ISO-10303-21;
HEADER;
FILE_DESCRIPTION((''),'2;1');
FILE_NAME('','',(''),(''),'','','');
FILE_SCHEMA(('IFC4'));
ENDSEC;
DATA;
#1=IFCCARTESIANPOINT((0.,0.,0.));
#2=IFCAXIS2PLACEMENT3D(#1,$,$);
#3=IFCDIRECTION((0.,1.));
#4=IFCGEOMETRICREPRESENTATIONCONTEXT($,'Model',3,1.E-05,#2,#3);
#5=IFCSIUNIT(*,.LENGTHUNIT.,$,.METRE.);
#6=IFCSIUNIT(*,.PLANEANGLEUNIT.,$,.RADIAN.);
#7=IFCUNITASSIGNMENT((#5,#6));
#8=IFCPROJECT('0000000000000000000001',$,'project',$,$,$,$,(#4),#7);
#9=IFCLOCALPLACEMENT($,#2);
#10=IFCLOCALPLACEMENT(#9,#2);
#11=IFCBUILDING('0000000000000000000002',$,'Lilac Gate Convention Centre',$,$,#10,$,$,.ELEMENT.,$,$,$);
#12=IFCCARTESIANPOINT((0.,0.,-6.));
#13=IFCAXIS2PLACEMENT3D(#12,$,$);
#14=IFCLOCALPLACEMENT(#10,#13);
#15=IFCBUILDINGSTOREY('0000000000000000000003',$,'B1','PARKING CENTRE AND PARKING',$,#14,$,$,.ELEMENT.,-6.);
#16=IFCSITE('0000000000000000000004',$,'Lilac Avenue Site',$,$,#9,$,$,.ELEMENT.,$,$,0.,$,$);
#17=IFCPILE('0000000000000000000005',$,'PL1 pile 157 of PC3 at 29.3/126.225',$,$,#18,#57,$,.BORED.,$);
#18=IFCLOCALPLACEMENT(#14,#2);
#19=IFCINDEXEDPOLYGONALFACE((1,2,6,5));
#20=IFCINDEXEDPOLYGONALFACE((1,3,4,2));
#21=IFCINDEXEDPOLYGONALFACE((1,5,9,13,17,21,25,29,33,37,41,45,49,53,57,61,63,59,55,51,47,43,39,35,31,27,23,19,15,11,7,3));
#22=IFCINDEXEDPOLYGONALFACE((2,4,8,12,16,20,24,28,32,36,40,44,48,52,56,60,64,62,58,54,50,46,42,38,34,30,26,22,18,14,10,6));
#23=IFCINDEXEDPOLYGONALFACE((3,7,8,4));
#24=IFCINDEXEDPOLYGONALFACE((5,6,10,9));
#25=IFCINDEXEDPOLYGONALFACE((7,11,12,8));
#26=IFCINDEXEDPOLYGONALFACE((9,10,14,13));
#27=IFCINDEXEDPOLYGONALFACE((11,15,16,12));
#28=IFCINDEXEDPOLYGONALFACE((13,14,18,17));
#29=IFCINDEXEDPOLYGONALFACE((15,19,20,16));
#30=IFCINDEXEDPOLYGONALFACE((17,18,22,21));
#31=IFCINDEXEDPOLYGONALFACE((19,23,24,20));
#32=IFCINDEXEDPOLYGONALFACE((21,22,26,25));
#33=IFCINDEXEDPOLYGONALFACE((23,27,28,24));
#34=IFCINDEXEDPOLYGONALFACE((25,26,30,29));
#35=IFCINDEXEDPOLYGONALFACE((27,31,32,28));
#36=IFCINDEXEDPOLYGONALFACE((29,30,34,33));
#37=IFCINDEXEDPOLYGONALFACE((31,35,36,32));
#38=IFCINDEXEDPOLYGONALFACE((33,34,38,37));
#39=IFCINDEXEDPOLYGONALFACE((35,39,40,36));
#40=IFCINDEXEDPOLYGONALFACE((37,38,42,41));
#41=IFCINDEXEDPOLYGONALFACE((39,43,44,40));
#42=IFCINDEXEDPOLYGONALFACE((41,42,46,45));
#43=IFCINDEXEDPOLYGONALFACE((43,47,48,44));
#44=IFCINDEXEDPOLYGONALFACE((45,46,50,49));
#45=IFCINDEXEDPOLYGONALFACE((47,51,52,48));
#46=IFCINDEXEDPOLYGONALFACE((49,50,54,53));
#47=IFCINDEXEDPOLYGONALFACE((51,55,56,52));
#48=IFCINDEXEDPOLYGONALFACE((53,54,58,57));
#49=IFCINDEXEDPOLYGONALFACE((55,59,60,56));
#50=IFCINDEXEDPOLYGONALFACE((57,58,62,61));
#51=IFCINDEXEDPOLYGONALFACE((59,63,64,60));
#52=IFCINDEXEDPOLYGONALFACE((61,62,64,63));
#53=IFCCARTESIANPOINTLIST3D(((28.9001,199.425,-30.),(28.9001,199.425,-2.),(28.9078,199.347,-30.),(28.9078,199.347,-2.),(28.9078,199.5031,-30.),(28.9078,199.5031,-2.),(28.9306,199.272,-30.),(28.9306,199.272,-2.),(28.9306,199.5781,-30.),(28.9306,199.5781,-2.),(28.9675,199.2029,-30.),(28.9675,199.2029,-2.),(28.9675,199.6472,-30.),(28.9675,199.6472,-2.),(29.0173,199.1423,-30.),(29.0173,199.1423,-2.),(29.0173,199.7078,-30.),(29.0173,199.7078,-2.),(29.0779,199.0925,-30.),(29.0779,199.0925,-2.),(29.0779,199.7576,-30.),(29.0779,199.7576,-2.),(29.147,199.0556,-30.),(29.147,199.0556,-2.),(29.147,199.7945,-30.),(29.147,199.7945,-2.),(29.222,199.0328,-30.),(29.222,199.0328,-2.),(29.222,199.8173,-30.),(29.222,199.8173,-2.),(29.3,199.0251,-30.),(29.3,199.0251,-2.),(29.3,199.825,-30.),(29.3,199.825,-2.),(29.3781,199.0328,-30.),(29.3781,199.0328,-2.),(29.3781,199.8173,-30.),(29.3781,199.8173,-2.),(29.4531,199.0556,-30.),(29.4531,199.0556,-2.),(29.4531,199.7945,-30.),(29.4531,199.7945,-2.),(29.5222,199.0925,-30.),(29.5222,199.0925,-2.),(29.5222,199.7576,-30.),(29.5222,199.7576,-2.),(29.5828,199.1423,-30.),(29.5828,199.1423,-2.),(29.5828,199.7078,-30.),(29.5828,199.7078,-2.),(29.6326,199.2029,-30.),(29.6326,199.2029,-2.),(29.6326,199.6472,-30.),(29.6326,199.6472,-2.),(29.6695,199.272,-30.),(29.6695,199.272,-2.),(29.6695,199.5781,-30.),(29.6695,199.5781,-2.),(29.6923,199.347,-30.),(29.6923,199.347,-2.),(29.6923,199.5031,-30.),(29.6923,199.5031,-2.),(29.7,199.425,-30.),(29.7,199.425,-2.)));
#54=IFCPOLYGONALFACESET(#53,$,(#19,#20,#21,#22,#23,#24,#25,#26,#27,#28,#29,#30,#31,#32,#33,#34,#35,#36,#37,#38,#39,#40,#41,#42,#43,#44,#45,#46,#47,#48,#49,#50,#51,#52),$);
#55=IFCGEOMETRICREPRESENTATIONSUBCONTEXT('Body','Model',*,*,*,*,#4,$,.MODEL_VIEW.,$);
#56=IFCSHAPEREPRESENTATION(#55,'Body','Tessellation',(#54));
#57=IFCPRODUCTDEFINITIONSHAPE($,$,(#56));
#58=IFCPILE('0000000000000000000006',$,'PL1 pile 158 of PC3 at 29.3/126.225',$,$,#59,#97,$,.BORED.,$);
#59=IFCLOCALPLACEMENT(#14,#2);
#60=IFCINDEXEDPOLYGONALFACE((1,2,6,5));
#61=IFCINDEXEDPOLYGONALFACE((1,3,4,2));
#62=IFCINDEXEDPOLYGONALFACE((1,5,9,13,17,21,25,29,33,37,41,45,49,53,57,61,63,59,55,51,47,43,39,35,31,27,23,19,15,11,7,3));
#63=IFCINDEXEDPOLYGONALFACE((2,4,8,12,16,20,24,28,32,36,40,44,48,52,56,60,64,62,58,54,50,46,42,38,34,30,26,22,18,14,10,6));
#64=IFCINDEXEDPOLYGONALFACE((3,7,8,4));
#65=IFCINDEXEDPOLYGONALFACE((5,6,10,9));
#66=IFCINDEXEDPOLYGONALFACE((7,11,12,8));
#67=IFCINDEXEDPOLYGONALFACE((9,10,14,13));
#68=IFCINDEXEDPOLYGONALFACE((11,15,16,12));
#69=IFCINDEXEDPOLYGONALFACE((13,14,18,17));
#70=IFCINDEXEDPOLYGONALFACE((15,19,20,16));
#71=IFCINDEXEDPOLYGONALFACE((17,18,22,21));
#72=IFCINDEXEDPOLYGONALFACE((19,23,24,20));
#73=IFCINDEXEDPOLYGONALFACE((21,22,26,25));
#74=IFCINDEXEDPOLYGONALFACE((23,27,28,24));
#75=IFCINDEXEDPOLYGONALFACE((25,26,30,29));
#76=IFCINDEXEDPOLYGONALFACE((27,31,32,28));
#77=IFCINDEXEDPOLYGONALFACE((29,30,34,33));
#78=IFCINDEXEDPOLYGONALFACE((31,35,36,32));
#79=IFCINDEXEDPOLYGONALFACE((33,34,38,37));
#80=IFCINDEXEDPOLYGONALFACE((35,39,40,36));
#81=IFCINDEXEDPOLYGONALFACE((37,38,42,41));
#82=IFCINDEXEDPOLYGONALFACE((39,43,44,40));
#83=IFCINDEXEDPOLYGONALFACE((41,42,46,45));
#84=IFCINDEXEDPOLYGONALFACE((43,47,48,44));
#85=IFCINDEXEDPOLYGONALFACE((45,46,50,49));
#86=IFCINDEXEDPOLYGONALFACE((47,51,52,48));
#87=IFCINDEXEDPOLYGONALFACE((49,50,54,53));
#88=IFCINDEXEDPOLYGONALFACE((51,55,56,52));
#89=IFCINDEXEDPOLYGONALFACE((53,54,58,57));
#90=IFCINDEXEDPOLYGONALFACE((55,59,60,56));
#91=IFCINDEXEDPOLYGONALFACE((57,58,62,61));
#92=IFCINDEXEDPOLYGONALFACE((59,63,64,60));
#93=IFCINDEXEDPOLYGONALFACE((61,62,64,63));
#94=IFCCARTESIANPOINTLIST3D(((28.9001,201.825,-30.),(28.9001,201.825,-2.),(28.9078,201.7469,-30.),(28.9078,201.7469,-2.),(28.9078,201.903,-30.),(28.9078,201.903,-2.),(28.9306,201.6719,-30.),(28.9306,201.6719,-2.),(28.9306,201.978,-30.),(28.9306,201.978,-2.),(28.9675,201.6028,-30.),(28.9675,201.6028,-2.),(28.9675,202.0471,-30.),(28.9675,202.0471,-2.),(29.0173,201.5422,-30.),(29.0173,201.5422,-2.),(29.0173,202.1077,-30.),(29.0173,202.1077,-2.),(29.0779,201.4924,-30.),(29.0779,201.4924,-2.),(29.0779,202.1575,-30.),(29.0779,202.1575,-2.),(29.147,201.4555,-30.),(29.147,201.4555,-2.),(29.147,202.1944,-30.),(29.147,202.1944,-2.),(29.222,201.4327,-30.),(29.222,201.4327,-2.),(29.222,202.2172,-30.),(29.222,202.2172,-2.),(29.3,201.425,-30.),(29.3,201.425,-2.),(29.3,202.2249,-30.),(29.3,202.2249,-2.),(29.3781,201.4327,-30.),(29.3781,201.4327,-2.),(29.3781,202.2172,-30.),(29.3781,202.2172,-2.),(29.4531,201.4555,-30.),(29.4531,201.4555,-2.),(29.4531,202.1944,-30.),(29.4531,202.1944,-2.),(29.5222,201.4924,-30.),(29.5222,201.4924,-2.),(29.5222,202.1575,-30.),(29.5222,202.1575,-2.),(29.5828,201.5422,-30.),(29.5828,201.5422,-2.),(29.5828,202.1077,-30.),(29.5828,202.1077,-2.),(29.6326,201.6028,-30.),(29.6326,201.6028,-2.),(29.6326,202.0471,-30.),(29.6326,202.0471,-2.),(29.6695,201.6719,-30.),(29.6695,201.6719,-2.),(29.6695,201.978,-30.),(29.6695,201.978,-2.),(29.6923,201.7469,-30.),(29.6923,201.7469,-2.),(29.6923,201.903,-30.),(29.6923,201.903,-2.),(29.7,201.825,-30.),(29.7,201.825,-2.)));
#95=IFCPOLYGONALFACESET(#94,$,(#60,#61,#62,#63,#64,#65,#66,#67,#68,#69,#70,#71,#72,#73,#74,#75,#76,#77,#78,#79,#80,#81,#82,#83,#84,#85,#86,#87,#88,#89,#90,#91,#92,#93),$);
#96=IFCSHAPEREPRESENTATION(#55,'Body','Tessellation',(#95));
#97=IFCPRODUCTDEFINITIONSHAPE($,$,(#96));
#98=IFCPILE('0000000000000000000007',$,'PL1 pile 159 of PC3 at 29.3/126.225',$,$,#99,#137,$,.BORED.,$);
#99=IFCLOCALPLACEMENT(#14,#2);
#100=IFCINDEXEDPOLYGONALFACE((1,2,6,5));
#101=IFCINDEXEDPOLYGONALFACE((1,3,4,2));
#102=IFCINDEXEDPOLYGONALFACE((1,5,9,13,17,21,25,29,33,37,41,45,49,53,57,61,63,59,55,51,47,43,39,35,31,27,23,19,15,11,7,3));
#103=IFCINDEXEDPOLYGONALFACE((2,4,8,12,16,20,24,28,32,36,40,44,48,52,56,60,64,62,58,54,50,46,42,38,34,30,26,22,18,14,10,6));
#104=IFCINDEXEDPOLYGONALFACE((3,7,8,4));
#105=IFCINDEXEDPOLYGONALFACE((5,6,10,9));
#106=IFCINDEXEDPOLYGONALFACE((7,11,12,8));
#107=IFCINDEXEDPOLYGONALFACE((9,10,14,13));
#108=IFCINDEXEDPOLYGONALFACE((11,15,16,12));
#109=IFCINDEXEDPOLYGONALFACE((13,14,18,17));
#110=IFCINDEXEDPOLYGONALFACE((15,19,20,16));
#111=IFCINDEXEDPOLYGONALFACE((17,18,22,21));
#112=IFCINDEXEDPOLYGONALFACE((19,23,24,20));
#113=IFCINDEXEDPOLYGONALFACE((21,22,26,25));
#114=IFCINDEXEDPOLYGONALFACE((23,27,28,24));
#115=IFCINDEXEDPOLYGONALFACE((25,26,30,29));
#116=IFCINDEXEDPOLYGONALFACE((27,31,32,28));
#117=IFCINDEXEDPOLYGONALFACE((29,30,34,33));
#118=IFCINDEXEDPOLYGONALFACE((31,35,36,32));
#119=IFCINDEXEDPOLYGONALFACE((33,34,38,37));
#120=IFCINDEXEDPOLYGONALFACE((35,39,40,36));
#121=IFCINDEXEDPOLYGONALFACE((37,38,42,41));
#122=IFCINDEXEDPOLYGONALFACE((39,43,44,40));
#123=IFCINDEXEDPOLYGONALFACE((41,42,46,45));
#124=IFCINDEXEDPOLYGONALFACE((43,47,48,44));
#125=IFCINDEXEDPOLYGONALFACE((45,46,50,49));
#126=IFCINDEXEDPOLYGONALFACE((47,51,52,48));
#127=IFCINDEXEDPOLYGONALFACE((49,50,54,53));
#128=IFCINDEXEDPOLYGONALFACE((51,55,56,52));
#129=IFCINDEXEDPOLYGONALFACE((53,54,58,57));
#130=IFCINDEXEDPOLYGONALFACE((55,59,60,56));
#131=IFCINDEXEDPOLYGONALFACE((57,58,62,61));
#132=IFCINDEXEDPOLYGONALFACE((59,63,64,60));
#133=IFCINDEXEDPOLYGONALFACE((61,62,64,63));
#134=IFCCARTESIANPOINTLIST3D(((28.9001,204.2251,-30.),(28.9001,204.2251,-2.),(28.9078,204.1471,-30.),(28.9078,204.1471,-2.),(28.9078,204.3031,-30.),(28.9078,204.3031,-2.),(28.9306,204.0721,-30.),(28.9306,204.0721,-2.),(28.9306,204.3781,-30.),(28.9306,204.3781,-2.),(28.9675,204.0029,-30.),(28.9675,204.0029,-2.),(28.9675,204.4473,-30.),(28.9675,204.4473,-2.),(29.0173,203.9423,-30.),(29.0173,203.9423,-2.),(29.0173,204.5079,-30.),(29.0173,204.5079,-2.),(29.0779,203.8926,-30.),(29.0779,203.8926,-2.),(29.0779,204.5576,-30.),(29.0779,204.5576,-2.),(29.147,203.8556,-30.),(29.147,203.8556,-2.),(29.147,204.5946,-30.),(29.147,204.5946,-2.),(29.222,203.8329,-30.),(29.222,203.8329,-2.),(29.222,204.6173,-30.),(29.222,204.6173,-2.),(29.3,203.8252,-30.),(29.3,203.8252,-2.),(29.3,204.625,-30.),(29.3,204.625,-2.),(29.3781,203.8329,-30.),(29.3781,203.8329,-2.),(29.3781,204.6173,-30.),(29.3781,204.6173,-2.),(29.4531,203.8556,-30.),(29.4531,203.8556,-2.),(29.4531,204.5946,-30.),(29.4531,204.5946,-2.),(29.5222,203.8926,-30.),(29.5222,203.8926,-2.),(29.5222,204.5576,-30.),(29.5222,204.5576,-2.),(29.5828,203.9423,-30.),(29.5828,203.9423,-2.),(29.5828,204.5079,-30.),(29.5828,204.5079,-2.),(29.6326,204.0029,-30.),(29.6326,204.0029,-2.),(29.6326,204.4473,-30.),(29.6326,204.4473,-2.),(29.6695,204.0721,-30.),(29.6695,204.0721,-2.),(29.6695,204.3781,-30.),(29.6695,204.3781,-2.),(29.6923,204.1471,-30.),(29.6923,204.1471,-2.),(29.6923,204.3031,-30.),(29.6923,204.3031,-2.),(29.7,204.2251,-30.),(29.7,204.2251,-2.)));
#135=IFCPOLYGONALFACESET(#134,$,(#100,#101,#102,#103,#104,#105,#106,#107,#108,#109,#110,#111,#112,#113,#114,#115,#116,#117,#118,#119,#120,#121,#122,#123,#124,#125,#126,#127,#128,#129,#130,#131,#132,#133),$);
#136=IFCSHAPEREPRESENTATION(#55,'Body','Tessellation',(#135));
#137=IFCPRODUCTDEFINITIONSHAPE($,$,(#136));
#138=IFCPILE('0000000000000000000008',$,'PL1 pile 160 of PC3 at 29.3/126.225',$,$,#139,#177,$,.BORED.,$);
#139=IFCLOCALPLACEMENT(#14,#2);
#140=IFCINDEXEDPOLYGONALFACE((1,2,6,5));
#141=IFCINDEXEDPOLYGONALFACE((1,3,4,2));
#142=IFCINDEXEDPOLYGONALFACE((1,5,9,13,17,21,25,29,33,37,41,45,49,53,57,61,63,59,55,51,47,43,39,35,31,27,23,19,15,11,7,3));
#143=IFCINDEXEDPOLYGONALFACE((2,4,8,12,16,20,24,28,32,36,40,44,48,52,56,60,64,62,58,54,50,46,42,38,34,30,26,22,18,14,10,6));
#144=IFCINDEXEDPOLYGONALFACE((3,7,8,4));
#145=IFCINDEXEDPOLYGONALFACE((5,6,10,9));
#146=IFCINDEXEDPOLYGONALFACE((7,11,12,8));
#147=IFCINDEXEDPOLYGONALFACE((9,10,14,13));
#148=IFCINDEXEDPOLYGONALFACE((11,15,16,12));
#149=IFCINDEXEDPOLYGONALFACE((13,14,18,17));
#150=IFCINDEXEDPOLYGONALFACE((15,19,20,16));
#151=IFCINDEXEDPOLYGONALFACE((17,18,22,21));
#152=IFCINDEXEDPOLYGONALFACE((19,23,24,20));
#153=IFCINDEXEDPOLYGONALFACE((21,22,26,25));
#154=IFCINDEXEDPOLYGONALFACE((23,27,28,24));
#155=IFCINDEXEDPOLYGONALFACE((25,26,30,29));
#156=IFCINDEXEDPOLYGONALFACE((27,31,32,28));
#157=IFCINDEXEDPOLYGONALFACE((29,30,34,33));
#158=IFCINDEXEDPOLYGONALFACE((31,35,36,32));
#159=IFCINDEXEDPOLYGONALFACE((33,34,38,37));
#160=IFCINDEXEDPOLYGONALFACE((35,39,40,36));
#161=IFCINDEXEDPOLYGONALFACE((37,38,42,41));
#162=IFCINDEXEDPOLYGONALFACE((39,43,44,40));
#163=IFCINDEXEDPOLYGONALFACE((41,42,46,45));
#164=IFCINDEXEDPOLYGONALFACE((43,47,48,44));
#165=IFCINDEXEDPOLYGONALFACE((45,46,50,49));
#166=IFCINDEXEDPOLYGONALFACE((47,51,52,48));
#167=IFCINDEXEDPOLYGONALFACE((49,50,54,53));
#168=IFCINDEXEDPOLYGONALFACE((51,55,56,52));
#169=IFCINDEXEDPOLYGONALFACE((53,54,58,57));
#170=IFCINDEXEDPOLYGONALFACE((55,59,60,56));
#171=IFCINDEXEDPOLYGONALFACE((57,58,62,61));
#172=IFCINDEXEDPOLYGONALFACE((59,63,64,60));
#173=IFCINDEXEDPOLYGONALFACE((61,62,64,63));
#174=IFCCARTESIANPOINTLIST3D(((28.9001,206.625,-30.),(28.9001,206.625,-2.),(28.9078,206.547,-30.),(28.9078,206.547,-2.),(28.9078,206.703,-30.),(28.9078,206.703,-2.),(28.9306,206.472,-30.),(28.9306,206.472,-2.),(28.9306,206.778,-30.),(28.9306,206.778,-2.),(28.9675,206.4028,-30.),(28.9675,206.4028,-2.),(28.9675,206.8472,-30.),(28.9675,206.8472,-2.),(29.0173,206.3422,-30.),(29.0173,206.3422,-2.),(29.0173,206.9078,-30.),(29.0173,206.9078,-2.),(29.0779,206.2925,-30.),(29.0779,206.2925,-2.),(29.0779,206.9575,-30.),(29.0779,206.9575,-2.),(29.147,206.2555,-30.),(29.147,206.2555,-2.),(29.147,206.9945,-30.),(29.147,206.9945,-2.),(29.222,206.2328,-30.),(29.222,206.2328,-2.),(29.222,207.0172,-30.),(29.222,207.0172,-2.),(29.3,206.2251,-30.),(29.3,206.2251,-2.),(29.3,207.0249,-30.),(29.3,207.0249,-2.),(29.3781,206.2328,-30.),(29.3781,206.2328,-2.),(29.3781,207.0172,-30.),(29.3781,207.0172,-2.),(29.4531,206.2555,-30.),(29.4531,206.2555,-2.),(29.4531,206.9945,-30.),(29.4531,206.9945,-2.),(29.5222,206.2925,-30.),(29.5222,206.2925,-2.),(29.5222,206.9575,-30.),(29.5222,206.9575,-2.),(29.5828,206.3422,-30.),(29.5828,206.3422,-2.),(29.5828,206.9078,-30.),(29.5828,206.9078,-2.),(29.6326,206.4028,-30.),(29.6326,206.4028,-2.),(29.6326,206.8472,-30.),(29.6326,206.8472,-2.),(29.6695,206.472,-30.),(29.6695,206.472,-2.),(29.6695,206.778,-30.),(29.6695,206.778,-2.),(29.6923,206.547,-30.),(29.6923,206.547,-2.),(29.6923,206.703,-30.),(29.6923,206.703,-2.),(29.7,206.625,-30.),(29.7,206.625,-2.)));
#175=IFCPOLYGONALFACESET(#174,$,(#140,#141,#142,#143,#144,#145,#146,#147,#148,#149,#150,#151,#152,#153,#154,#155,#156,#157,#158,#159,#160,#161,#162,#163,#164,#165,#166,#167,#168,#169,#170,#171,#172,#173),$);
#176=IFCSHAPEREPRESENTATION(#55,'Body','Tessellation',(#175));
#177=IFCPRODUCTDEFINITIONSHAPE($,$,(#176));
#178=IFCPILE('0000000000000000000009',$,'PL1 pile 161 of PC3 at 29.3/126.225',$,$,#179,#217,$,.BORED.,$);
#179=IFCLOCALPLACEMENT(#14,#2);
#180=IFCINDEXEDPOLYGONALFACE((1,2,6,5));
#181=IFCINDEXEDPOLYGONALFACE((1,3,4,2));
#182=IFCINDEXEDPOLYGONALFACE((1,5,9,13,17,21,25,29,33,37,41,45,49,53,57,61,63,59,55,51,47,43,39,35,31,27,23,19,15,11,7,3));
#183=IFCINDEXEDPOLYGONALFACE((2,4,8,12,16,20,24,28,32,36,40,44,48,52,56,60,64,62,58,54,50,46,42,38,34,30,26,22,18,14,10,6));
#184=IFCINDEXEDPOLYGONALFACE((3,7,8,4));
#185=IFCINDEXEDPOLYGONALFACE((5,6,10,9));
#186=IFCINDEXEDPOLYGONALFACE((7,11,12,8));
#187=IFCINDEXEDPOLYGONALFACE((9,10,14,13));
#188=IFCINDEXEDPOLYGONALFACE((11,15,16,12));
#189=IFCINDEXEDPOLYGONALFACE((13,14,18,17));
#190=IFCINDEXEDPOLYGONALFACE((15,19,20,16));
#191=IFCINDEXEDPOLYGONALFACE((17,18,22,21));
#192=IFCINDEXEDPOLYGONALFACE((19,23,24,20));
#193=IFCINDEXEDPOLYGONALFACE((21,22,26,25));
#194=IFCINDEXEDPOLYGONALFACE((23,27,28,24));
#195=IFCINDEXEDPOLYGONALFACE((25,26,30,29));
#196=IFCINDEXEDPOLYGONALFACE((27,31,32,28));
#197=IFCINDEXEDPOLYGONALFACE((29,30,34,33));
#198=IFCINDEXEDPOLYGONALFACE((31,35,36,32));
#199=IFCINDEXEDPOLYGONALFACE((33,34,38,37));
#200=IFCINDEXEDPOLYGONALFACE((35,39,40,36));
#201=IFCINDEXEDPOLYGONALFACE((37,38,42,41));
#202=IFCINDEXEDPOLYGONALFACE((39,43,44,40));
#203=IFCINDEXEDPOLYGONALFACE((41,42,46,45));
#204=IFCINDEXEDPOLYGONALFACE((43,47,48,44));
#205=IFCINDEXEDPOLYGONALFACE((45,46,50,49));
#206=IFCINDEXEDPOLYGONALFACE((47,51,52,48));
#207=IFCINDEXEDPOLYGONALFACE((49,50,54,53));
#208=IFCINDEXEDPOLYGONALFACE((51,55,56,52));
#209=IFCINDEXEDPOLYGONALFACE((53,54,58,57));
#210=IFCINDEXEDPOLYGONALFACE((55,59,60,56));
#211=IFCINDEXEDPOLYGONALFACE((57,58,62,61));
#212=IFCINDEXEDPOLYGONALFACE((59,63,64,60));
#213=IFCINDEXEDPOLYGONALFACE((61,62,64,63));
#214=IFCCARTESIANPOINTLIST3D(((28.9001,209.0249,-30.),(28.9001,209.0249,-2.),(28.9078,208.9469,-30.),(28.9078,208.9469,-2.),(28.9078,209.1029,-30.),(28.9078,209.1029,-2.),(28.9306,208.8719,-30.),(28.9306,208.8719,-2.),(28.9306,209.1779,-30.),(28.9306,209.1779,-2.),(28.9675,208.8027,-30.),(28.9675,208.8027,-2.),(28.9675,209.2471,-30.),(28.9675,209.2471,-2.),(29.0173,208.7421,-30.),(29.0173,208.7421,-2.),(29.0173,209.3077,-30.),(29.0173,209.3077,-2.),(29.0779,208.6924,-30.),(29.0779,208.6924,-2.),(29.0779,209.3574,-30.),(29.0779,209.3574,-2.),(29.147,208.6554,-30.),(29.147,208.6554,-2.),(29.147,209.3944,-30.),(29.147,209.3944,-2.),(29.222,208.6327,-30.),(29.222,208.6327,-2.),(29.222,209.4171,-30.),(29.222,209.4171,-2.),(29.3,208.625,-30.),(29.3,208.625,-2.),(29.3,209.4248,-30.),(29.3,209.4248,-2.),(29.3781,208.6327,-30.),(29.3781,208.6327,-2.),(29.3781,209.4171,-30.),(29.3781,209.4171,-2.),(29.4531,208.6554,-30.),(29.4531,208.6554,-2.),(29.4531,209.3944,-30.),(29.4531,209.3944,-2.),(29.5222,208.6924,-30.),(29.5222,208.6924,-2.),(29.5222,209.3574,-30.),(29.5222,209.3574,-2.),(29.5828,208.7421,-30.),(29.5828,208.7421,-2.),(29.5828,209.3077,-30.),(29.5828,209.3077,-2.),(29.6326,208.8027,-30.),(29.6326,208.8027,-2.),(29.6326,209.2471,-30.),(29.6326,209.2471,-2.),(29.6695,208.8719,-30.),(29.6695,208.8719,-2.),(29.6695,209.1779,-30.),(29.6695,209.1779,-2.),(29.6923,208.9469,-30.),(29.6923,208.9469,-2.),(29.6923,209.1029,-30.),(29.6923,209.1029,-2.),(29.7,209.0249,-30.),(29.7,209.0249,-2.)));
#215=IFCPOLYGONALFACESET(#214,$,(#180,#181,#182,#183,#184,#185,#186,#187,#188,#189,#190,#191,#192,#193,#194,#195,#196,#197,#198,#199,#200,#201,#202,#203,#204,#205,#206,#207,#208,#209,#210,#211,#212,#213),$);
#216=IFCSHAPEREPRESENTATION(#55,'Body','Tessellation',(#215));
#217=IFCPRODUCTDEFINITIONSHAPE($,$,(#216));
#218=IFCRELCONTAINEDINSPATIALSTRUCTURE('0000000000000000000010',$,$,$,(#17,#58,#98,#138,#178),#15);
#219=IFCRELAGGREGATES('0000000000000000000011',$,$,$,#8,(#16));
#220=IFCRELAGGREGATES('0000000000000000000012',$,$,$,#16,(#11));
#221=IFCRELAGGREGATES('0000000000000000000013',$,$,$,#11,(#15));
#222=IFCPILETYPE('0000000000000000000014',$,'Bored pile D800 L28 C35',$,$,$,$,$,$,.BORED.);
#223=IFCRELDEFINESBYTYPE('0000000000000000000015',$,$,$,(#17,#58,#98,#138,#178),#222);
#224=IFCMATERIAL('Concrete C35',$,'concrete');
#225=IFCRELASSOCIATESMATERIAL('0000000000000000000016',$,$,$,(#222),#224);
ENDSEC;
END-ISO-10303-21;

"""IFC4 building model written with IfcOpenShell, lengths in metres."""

from ifc_helpers import new_model, si_unit, direction, frame, origin, origin_2d, place, context, subcontext, project, spatial, circle, extrude, material, material_profile, profile_set, type_object, element, save


model = new_model("IFC4")

# Units and contexts
model_context = context("Model", 3, precision=1e-05, world=origin(), true_north=direction((0.0, 1.0)))
body_context = subcontext(model_context, "Body", "Model", "MODEL_VIEW")
ifc_project = project(units=[si_unit("LENGTHUNIT", "METRE"), si_unit("PLANEANGLEUNIT", "RADIAN")], contexts=[model_context])

# Site, building, storey
site_placement = place(None, origin())
site = spatial("IfcSite", under=ifc_project, at=site_placement, Name="Lilac Avenue Site", CompositionType="ELEMENT", RefElevation=0.0)
building_placement = place(site_placement, origin())
building = spatial("IfcBuilding", under=site, at=building_placement, Name="Lilac Gate Convention Centre", CompositionType="ELEMENT")
storey_placement = place(building_placement, frame((0.0, 0.0, -6.0)))
storey = spatial("IfcBuildingStorey", under=building, at=storey_placement, Name="B1", Description="PARKING CENTRE AND PARKING", CompositionType="ELEMENT", Elevation=-6.0)

# Piles
ifc_material_1 = material(Name="Concrete C35", Category="concrete")
ifc_material_profile_1 = material_profile(ifc_material_1, circle(Radius=0.3999, at=origin_2d()), Name="D800")
ifc_profile_set_1 = profile_set([ifc_material_profile_1], Name="Concrete C35")
pile_type = type_object("IfcPileType", Name="Bored pile D800 L28 C35", PredefinedType="BORED", material=ifc_profile_set_1)
for number, where, z_axis, x_axis, name in (
    (1, (29.3, 199.425, -2.0), (0.0, 0.0, -1.0), (1.0, 0.0, 0.0), "PL1 pile 157 of PC3 at 29.3/126.225"),
    (2, (29.3, 201.825, -2.0), (0.0, 0.0, -1.0), (1.0, 0.0, 0.0), "PL1 pile 158 of PC3 at 29.3/126.225"),
    (3, (29.3, 204.2251, -2.0), (0.0, 0.0, -1.0), (1.0, 0.0, 0.0), "PL1 pile 159 of PC3 at 29.3/126.225"),
    (4, (29.3, 206.625, -2.0), (0.0, 0.0, -1.0), (1.0, 0.0, 0.0), "PL1 pile 160 of PC3 at 29.3/126.225"),
    (5, (29.3, 209.0249, -2.0), (0.0, 0.0, -1.0), (1.0, 0.0, 0.0), "PL1 pile 161 of PC3 at 29.3/126.225"),
):
    element("IfcPile", number, at=place(storey_placement, frame(where, z_axis=z_axis, x_axis=x_axis)), inside=storey, type_object=pile_type, Name=name, PredefinedType="BORED", context=body_context, shape_type="SweptSolid", body=[
        extrude(circle(Radius=0.3999, at=origin_2d()), origin(), (0.0, 0.0, 1.0), 28.0),
    ])

save(model, "model.ifc")
